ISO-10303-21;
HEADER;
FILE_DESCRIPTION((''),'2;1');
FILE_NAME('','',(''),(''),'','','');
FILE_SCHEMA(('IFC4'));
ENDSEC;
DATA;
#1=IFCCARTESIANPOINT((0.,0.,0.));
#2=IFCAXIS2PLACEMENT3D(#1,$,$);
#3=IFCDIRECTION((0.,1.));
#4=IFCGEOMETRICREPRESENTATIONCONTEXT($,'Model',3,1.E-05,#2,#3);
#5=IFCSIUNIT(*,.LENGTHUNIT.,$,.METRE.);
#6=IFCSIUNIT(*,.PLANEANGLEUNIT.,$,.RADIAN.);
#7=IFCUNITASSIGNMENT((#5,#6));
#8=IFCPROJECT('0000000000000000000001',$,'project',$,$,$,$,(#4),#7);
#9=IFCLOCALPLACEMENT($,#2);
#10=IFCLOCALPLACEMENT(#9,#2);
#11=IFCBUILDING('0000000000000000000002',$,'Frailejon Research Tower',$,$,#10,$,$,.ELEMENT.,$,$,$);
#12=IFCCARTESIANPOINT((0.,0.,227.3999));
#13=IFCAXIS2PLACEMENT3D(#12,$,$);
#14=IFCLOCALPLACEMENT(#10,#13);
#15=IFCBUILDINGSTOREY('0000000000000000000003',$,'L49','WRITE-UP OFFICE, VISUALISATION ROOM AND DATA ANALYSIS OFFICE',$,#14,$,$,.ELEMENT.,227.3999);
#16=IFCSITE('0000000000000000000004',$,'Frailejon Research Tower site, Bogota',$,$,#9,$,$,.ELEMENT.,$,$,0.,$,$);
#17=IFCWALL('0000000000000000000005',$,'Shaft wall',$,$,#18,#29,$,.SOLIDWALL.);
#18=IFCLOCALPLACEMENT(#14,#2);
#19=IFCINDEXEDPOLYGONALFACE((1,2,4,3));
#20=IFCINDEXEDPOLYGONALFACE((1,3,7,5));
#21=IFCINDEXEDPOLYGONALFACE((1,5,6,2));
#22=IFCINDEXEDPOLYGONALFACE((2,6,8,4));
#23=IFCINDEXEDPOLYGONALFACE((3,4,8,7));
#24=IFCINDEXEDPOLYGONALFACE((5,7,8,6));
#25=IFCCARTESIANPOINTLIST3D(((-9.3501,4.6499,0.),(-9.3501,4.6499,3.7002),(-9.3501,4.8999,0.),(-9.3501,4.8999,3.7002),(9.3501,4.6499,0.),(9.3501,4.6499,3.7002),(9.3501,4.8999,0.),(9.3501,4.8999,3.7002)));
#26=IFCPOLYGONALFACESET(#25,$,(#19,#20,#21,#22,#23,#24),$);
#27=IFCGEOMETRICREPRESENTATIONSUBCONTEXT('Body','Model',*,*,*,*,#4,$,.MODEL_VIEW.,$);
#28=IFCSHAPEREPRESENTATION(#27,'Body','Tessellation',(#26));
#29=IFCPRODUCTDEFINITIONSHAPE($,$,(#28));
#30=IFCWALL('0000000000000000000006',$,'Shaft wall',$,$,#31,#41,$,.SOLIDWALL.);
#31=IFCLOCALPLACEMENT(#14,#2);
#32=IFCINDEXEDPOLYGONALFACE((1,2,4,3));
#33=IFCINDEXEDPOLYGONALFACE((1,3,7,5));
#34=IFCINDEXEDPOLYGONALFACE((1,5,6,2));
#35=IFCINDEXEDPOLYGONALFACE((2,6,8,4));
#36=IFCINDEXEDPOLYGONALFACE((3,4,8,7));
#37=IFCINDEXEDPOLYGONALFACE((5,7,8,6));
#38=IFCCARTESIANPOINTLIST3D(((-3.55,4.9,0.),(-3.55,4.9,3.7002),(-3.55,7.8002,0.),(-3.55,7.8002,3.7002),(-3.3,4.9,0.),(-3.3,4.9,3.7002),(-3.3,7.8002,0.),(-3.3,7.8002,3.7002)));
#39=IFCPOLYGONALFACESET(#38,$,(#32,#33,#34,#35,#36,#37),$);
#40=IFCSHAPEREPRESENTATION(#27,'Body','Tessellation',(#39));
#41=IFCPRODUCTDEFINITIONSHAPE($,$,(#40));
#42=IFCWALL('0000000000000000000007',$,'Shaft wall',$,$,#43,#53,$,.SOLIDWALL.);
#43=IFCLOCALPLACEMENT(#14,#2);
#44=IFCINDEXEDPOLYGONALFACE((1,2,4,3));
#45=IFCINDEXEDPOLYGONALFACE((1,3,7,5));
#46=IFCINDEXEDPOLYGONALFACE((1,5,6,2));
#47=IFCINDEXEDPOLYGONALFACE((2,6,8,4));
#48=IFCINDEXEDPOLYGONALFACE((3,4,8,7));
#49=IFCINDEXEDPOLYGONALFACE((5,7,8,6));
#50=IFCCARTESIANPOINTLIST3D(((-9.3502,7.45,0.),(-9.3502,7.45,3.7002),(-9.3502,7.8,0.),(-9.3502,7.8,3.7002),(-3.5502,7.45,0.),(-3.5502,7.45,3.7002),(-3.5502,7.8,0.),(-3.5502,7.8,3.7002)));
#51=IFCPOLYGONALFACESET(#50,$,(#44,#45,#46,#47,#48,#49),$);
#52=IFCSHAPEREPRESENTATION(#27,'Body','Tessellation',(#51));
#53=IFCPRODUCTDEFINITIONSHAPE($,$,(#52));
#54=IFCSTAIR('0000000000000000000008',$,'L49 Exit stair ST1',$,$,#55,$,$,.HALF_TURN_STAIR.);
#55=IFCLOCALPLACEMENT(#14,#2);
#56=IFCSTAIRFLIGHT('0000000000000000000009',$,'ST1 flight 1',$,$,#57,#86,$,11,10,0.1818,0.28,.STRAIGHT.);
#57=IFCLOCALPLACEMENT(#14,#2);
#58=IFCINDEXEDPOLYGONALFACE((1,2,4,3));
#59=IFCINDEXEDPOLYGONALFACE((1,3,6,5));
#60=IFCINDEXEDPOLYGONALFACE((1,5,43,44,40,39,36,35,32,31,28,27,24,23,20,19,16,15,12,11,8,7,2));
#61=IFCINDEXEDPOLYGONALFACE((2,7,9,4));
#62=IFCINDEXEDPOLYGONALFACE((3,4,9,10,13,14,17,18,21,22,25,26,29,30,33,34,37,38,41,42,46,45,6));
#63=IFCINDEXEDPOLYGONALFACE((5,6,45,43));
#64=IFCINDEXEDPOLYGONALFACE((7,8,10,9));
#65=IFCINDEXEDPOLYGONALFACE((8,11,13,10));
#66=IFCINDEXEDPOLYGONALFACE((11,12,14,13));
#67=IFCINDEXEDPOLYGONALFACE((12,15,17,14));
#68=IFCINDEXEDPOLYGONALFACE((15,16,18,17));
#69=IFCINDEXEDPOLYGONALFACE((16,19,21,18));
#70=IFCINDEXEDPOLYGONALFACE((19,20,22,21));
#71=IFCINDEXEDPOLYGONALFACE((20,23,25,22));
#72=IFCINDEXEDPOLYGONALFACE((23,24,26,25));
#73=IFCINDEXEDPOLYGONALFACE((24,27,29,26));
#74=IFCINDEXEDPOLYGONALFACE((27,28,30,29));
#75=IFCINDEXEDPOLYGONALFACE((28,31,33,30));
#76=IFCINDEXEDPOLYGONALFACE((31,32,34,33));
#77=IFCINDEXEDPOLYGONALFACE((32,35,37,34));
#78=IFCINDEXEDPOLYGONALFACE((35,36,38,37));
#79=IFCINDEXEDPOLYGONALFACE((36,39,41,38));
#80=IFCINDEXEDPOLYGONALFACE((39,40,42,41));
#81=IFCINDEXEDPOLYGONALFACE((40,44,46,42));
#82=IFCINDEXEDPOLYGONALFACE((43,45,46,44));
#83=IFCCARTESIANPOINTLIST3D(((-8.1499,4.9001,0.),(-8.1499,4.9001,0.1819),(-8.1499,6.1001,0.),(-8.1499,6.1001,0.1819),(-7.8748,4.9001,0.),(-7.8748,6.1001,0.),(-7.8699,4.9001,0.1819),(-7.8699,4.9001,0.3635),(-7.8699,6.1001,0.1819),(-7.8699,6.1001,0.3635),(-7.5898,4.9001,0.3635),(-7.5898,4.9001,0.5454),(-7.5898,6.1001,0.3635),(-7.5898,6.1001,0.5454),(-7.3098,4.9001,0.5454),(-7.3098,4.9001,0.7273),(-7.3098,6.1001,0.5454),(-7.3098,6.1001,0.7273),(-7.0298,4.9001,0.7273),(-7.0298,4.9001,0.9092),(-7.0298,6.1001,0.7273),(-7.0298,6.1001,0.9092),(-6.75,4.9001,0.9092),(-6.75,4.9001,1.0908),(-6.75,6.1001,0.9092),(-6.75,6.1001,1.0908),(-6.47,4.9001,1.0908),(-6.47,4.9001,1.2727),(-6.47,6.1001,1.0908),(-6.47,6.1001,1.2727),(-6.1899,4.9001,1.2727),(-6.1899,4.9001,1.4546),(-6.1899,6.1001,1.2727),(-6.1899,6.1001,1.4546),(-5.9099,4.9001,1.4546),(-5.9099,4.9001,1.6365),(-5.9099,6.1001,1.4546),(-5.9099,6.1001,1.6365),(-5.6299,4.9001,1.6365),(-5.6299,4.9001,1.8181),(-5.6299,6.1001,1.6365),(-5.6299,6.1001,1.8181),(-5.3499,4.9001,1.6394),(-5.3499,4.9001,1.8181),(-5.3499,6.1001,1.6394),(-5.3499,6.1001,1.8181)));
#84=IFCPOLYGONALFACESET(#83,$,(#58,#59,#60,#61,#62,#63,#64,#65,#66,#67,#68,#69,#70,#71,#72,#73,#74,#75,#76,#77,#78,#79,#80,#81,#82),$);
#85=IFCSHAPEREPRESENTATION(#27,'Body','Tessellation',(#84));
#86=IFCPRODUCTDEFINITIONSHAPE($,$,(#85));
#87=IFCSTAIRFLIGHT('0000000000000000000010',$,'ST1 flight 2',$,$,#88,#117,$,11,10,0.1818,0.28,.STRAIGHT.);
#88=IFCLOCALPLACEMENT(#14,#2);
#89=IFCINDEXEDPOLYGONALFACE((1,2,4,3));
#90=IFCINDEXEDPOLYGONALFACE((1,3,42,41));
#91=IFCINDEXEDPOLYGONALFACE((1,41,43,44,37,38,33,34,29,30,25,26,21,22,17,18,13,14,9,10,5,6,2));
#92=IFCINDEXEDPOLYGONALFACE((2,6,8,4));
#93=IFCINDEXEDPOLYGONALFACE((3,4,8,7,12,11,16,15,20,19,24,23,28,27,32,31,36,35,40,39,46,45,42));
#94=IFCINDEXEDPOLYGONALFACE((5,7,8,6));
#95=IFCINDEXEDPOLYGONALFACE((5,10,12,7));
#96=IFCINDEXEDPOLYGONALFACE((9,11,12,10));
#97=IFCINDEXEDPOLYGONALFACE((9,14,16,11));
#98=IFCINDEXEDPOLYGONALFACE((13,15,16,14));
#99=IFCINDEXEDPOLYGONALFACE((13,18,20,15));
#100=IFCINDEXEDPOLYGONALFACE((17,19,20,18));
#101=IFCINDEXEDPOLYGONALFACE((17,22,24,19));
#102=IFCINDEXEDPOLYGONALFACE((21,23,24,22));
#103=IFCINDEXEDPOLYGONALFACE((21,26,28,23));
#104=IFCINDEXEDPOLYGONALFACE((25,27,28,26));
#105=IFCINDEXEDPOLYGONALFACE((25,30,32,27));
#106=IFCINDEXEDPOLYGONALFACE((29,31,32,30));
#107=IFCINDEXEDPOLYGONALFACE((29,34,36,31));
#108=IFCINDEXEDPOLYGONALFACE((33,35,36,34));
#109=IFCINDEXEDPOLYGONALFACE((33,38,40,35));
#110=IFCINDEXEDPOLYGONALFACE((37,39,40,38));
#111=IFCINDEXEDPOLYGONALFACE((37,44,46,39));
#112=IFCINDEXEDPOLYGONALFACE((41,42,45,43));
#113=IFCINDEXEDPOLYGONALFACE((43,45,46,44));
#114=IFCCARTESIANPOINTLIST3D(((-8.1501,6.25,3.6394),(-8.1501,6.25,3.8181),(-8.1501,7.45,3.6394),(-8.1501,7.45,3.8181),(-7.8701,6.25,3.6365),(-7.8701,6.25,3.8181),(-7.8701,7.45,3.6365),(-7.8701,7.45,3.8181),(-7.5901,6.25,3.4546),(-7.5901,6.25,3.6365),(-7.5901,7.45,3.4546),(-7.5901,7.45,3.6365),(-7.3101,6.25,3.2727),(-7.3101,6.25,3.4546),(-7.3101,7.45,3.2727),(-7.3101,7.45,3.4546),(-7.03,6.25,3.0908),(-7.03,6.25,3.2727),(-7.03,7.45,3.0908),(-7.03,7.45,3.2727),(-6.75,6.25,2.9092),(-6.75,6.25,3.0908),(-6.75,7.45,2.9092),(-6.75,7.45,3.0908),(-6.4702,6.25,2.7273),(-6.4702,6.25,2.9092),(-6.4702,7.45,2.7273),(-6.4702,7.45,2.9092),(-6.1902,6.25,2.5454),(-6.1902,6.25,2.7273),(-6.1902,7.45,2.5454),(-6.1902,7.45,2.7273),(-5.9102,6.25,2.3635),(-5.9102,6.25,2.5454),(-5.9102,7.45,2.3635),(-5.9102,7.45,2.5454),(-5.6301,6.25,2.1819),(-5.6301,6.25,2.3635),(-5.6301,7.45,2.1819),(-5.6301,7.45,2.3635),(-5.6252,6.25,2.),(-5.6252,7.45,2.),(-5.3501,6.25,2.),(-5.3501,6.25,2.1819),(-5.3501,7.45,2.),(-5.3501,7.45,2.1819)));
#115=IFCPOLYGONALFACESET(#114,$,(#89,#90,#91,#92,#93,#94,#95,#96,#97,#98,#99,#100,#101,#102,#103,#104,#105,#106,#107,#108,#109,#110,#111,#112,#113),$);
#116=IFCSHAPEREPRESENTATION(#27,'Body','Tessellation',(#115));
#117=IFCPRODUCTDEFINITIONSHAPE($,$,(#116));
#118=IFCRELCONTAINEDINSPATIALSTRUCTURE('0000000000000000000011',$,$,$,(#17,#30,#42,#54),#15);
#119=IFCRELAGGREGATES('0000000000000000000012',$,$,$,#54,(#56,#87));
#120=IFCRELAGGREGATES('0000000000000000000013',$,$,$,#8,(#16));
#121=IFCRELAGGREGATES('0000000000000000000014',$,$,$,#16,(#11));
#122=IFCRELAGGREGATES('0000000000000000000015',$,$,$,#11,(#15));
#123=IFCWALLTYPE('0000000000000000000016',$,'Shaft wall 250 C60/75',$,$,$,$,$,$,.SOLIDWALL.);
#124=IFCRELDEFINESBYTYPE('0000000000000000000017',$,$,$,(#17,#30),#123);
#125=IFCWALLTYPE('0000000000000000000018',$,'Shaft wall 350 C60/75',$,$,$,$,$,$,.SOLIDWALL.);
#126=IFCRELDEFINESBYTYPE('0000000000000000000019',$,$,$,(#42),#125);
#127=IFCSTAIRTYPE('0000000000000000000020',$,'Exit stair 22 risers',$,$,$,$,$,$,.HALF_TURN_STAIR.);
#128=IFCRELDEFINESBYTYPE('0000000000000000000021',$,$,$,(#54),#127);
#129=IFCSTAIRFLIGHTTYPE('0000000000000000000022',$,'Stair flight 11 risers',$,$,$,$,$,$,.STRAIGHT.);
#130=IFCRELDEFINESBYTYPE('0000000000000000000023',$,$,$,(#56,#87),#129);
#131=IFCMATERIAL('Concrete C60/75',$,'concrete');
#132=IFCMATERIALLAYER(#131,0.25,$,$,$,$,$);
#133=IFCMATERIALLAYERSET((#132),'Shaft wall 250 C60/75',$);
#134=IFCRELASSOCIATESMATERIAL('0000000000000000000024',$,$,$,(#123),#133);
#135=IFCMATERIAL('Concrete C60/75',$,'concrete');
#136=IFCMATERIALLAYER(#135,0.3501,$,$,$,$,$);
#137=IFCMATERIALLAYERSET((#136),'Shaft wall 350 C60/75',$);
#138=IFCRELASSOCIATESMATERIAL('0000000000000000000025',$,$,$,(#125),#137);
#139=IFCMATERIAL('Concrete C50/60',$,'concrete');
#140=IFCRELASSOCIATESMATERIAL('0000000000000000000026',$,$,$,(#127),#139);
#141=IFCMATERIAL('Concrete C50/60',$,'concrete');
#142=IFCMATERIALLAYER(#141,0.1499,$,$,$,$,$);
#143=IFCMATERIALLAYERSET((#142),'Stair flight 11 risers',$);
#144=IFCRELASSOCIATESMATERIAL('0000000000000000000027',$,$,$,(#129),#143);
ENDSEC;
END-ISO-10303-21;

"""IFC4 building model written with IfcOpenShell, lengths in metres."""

from ifc_helpers import new_model, si_unit, direction, frame, frame_2d, origin, place, context, subcontext, project, spatial, polyline, rectangle, outline, extrude, material, layer, layer_set, type_object, element, aggregate, save


model = new_model("IFC4")

# Units and contexts
model_context = context("Model", 3, precision=1e-05, world=origin(), true_north=direction((0.0, 1.0)))
body_context = subcontext(model_context, "Body", "Model", "MODEL_VIEW")
ifc_project = project(units=[si_unit("LENGTHUNIT", "METRE"), si_unit("PLANEANGLEUNIT", "RADIAN")], contexts=[model_context])

# Site, building, storey
site_placement = place(None, origin())
site = spatial("IfcSite", under=ifc_project, at=site_placement, Name="Frailejon Research Tower site, Bogota", CompositionType="ELEMENT", RefElevation=0.0)
building_placement = place(site_placement, origin())
building = spatial("IfcBuilding", under=site, at=building_placement, Name="Frailejon Research Tower", CompositionType="ELEMENT")
storey_placement = place(building_placement, frame((0.0, 0.0, 227.3999)))
storey = spatial("IfcBuildingStorey", under=building, at=storey_placement, Name="L49", Description="WRITE-UP OFFICE, VISUALISATION ROOM AND DATA ANALYSIS OFFICE", CompositionType="ELEMENT", Elevation=227.3999)

# Shared definitions
ifc_material_1 = material(Name="Concrete C60/75", Category="concrete")
ifc_layer_1 = layer(ifc_material_1, 0.25)
ifc_layer_set_1 = layer_set([ifc_layer_1], Name="Shaft wall 250 C60/75")
wall_type_1 = type_object("IfcWallType", Name="Shaft wall 250 C60/75", PredefinedType="SOLIDWALL", material=ifc_layer_set_1)

# Walls
wall_1_placement = place(storey_placement, frame((-9.3501, 4.7749, 0.0), z_axis=(0.0, 0.0, 1.0), x_axis=(1.0, 0.0, 0.0)))
element("IfcWall", 1, at=wall_1_placement, inside=storey, type_object=wall_type_1, Name="Shaft wall", PredefinedType="SOLIDWALL", context=body_context, shape_type="SweptSolid", body=[
    extrude(rectangle(XDim=18.7002, YDim=0.25, at=frame_2d((9.3501, 0.0))), origin(), (0.0, 0.0, 1.0), 3.7002),
])
wall_2_placement = place(storey_placement, frame((-3.425, 4.8999, 0.0), z_axis=(0.0, 0.0, 1.0), x_axis=(0.0, 1.0, 0.0)))
element("IfcWall", 2, at=wall_2_placement, inside=storey, type_object=wall_type_1, Name="Shaft wall", PredefinedType="SOLIDWALL", context=body_context, shape_type="SweptSolid", body=[
    extrude(rectangle(XDim=2.9001, YDim=0.25, at=frame_2d((1.4502, 0.0))), origin(), (0.0, 0.0, 1.0), 3.7002),
])
ifc_material_2 = material(Name="Concrete C60/75", Category="concrete")
ifc_layer_2 = layer(ifc_material_2, 0.3501)
ifc_layer_set_2 = layer_set([ifc_layer_2], Name="Shaft wall 350 C60/75")
wall_type_2 = type_object("IfcWallType", Name="Shaft wall 350 C60/75", PredefinedType="SOLIDWALL", material=ifc_layer_set_2)
wall_3_placement = place(storey_placement, frame((-9.3501, 7.625, 0.0), z_axis=(0.0, 0.0, 1.0), x_axis=(1.0, 0.0, 0.0)))
element("IfcWall", 3, at=wall_3_placement, inside=storey, type_object=wall_type_2, Name="Shaft wall", PredefinedType="SOLIDWALL", context=body_context, shape_type="SweptSolid", body=[
    extrude(rectangle(XDim=5.8, YDim=0.3501, at=frame_2d((2.8999, 0.0))), origin(), (0.0, 0.0, 1.0), 3.7002),
])

# Stair, stair flights
ifc_material_3 = material(Name="Concrete C50/60", Category="concrete")
stair_type = type_object("IfcStairType", Name="Exit stair 22 risers", PredefinedType="HALF_TURN_STAIR", material=ifc_material_3)
stair_placement = place(storey_placement, origin())
stair = element("IfcStair", 4, at=stair_placement, inside=storey, type_object=stair_type, Name="L49 Exit stair ST1", PredefinedType="HALF_TURN_STAIR")
ifc_material_4 = material(Name="Concrete C50/60", Category="concrete")
ifc_layer_3 = layer(ifc_material_4, 0.1499)
ifc_layer_set_3 = layer_set([ifc_layer_3], Name="Stair flight 11 risers")
stair_flight_type = type_object("IfcStairFlightType", Name="Stair flight 11 risers", PredefinedType="STRAIGHT", material=ifc_layer_set_3)
stair_flight_1_placement = place(storey_placement, frame((-8.1499, 5.5, 0.0), z_axis=(0.0, 0.0, 1.0), x_axis=(1.0, 0.0, 0.0)))
stair_flight_1 = element("IfcStairFlight", 5, at=stair_flight_1_placement, type_object=stair_flight_type, Name="ST1 flight 1", NumberOfRisers=11, NumberOfTreads=10, PredefinedType="STRAIGHT", RiserHeight=0.1818, TreadLength=0.28, context=body_context, shape_type="SweptSolid", body=[
    extrude(outline(polyline([(0.0, 0.0), (0.0, 0.1819), (0.28, 0.1819), (0.28, 0.3635), (0.5601, 0.3635), (0.5601, 0.5454), (0.8401, 0.5454), (0.8401, 0.7273), (1.1201, 0.7273), (1.1201, 0.9092), (1.3999, 0.9092), (1.3999, 1.0908), (1.6799, 1.0908), (1.6799, 1.2727), (1.96, 1.2727), (1.96, 1.4546), (2.24, 1.4546), (2.24, 1.6365), (2.52, 1.6365), (2.52, 1.8181), (2.8, 1.8181), (2.8, 2.0), (2.8, 1.6394), (0.2751, 0.0), (0.0, 0.0)])), frame((0.0, 0.6001, 0.0), z_axis=(0.0, -1.0, 0.0), x_axis=(1.0, 0.0, 0.0)), (0.0, 0.0, 1.0), 1.2),
])
stair_flight_2_placement = place(storey_placement, frame((-5.3501, 6.8501, 2.0), z_axis=(0.0, 0.0, 1.0), x_axis=(-1.0, 0.0, 0.0)))
stair_flight_2 = element("IfcStairFlight", 6, at=stair_flight_2_placement, type_object=stair_flight_type, Name="ST1 flight 2", NumberOfRisers=11, NumberOfTreads=10, PredefinedType="STRAIGHT", RiserHeight=0.1818, TreadLength=0.28, context=body_context, shape_type="SweptSolid", body=[
    extrude(outline(polyline([(0.0, 0.0), (0.0, 0.1819), (0.28, 0.1819), (0.28, 0.3635), (0.5601, 0.3635), (0.5601, 0.5454), (0.8401, 0.5454), (0.8401, 0.7273), (1.1201, 0.7273), (1.1201, 0.9092), (1.3999, 0.9092), (1.3999, 1.0908), (1.6799, 1.0908), (1.6799, 1.2727), (1.96, 1.2727), (1.96, 1.4546), (2.24, 1.4546), (2.24, 1.6365), (2.52, 1.6365), (2.52, 1.8181), (2.8, 1.8181), (2.8, 2.0), (2.8, 1.6394), (0.2751, 0.0), (0.0, 0.0)])), frame((0.0, 0.6001, 0.0), z_axis=(0.0, -1.0, 0.0), x_axis=(1.0, 0.0, 0.0)), (0.0, 0.0, 1.0), 1.2),
])
aggregate(stair, [stair_flight_1, stair_flight_2])

save(model, "model.ifc")
